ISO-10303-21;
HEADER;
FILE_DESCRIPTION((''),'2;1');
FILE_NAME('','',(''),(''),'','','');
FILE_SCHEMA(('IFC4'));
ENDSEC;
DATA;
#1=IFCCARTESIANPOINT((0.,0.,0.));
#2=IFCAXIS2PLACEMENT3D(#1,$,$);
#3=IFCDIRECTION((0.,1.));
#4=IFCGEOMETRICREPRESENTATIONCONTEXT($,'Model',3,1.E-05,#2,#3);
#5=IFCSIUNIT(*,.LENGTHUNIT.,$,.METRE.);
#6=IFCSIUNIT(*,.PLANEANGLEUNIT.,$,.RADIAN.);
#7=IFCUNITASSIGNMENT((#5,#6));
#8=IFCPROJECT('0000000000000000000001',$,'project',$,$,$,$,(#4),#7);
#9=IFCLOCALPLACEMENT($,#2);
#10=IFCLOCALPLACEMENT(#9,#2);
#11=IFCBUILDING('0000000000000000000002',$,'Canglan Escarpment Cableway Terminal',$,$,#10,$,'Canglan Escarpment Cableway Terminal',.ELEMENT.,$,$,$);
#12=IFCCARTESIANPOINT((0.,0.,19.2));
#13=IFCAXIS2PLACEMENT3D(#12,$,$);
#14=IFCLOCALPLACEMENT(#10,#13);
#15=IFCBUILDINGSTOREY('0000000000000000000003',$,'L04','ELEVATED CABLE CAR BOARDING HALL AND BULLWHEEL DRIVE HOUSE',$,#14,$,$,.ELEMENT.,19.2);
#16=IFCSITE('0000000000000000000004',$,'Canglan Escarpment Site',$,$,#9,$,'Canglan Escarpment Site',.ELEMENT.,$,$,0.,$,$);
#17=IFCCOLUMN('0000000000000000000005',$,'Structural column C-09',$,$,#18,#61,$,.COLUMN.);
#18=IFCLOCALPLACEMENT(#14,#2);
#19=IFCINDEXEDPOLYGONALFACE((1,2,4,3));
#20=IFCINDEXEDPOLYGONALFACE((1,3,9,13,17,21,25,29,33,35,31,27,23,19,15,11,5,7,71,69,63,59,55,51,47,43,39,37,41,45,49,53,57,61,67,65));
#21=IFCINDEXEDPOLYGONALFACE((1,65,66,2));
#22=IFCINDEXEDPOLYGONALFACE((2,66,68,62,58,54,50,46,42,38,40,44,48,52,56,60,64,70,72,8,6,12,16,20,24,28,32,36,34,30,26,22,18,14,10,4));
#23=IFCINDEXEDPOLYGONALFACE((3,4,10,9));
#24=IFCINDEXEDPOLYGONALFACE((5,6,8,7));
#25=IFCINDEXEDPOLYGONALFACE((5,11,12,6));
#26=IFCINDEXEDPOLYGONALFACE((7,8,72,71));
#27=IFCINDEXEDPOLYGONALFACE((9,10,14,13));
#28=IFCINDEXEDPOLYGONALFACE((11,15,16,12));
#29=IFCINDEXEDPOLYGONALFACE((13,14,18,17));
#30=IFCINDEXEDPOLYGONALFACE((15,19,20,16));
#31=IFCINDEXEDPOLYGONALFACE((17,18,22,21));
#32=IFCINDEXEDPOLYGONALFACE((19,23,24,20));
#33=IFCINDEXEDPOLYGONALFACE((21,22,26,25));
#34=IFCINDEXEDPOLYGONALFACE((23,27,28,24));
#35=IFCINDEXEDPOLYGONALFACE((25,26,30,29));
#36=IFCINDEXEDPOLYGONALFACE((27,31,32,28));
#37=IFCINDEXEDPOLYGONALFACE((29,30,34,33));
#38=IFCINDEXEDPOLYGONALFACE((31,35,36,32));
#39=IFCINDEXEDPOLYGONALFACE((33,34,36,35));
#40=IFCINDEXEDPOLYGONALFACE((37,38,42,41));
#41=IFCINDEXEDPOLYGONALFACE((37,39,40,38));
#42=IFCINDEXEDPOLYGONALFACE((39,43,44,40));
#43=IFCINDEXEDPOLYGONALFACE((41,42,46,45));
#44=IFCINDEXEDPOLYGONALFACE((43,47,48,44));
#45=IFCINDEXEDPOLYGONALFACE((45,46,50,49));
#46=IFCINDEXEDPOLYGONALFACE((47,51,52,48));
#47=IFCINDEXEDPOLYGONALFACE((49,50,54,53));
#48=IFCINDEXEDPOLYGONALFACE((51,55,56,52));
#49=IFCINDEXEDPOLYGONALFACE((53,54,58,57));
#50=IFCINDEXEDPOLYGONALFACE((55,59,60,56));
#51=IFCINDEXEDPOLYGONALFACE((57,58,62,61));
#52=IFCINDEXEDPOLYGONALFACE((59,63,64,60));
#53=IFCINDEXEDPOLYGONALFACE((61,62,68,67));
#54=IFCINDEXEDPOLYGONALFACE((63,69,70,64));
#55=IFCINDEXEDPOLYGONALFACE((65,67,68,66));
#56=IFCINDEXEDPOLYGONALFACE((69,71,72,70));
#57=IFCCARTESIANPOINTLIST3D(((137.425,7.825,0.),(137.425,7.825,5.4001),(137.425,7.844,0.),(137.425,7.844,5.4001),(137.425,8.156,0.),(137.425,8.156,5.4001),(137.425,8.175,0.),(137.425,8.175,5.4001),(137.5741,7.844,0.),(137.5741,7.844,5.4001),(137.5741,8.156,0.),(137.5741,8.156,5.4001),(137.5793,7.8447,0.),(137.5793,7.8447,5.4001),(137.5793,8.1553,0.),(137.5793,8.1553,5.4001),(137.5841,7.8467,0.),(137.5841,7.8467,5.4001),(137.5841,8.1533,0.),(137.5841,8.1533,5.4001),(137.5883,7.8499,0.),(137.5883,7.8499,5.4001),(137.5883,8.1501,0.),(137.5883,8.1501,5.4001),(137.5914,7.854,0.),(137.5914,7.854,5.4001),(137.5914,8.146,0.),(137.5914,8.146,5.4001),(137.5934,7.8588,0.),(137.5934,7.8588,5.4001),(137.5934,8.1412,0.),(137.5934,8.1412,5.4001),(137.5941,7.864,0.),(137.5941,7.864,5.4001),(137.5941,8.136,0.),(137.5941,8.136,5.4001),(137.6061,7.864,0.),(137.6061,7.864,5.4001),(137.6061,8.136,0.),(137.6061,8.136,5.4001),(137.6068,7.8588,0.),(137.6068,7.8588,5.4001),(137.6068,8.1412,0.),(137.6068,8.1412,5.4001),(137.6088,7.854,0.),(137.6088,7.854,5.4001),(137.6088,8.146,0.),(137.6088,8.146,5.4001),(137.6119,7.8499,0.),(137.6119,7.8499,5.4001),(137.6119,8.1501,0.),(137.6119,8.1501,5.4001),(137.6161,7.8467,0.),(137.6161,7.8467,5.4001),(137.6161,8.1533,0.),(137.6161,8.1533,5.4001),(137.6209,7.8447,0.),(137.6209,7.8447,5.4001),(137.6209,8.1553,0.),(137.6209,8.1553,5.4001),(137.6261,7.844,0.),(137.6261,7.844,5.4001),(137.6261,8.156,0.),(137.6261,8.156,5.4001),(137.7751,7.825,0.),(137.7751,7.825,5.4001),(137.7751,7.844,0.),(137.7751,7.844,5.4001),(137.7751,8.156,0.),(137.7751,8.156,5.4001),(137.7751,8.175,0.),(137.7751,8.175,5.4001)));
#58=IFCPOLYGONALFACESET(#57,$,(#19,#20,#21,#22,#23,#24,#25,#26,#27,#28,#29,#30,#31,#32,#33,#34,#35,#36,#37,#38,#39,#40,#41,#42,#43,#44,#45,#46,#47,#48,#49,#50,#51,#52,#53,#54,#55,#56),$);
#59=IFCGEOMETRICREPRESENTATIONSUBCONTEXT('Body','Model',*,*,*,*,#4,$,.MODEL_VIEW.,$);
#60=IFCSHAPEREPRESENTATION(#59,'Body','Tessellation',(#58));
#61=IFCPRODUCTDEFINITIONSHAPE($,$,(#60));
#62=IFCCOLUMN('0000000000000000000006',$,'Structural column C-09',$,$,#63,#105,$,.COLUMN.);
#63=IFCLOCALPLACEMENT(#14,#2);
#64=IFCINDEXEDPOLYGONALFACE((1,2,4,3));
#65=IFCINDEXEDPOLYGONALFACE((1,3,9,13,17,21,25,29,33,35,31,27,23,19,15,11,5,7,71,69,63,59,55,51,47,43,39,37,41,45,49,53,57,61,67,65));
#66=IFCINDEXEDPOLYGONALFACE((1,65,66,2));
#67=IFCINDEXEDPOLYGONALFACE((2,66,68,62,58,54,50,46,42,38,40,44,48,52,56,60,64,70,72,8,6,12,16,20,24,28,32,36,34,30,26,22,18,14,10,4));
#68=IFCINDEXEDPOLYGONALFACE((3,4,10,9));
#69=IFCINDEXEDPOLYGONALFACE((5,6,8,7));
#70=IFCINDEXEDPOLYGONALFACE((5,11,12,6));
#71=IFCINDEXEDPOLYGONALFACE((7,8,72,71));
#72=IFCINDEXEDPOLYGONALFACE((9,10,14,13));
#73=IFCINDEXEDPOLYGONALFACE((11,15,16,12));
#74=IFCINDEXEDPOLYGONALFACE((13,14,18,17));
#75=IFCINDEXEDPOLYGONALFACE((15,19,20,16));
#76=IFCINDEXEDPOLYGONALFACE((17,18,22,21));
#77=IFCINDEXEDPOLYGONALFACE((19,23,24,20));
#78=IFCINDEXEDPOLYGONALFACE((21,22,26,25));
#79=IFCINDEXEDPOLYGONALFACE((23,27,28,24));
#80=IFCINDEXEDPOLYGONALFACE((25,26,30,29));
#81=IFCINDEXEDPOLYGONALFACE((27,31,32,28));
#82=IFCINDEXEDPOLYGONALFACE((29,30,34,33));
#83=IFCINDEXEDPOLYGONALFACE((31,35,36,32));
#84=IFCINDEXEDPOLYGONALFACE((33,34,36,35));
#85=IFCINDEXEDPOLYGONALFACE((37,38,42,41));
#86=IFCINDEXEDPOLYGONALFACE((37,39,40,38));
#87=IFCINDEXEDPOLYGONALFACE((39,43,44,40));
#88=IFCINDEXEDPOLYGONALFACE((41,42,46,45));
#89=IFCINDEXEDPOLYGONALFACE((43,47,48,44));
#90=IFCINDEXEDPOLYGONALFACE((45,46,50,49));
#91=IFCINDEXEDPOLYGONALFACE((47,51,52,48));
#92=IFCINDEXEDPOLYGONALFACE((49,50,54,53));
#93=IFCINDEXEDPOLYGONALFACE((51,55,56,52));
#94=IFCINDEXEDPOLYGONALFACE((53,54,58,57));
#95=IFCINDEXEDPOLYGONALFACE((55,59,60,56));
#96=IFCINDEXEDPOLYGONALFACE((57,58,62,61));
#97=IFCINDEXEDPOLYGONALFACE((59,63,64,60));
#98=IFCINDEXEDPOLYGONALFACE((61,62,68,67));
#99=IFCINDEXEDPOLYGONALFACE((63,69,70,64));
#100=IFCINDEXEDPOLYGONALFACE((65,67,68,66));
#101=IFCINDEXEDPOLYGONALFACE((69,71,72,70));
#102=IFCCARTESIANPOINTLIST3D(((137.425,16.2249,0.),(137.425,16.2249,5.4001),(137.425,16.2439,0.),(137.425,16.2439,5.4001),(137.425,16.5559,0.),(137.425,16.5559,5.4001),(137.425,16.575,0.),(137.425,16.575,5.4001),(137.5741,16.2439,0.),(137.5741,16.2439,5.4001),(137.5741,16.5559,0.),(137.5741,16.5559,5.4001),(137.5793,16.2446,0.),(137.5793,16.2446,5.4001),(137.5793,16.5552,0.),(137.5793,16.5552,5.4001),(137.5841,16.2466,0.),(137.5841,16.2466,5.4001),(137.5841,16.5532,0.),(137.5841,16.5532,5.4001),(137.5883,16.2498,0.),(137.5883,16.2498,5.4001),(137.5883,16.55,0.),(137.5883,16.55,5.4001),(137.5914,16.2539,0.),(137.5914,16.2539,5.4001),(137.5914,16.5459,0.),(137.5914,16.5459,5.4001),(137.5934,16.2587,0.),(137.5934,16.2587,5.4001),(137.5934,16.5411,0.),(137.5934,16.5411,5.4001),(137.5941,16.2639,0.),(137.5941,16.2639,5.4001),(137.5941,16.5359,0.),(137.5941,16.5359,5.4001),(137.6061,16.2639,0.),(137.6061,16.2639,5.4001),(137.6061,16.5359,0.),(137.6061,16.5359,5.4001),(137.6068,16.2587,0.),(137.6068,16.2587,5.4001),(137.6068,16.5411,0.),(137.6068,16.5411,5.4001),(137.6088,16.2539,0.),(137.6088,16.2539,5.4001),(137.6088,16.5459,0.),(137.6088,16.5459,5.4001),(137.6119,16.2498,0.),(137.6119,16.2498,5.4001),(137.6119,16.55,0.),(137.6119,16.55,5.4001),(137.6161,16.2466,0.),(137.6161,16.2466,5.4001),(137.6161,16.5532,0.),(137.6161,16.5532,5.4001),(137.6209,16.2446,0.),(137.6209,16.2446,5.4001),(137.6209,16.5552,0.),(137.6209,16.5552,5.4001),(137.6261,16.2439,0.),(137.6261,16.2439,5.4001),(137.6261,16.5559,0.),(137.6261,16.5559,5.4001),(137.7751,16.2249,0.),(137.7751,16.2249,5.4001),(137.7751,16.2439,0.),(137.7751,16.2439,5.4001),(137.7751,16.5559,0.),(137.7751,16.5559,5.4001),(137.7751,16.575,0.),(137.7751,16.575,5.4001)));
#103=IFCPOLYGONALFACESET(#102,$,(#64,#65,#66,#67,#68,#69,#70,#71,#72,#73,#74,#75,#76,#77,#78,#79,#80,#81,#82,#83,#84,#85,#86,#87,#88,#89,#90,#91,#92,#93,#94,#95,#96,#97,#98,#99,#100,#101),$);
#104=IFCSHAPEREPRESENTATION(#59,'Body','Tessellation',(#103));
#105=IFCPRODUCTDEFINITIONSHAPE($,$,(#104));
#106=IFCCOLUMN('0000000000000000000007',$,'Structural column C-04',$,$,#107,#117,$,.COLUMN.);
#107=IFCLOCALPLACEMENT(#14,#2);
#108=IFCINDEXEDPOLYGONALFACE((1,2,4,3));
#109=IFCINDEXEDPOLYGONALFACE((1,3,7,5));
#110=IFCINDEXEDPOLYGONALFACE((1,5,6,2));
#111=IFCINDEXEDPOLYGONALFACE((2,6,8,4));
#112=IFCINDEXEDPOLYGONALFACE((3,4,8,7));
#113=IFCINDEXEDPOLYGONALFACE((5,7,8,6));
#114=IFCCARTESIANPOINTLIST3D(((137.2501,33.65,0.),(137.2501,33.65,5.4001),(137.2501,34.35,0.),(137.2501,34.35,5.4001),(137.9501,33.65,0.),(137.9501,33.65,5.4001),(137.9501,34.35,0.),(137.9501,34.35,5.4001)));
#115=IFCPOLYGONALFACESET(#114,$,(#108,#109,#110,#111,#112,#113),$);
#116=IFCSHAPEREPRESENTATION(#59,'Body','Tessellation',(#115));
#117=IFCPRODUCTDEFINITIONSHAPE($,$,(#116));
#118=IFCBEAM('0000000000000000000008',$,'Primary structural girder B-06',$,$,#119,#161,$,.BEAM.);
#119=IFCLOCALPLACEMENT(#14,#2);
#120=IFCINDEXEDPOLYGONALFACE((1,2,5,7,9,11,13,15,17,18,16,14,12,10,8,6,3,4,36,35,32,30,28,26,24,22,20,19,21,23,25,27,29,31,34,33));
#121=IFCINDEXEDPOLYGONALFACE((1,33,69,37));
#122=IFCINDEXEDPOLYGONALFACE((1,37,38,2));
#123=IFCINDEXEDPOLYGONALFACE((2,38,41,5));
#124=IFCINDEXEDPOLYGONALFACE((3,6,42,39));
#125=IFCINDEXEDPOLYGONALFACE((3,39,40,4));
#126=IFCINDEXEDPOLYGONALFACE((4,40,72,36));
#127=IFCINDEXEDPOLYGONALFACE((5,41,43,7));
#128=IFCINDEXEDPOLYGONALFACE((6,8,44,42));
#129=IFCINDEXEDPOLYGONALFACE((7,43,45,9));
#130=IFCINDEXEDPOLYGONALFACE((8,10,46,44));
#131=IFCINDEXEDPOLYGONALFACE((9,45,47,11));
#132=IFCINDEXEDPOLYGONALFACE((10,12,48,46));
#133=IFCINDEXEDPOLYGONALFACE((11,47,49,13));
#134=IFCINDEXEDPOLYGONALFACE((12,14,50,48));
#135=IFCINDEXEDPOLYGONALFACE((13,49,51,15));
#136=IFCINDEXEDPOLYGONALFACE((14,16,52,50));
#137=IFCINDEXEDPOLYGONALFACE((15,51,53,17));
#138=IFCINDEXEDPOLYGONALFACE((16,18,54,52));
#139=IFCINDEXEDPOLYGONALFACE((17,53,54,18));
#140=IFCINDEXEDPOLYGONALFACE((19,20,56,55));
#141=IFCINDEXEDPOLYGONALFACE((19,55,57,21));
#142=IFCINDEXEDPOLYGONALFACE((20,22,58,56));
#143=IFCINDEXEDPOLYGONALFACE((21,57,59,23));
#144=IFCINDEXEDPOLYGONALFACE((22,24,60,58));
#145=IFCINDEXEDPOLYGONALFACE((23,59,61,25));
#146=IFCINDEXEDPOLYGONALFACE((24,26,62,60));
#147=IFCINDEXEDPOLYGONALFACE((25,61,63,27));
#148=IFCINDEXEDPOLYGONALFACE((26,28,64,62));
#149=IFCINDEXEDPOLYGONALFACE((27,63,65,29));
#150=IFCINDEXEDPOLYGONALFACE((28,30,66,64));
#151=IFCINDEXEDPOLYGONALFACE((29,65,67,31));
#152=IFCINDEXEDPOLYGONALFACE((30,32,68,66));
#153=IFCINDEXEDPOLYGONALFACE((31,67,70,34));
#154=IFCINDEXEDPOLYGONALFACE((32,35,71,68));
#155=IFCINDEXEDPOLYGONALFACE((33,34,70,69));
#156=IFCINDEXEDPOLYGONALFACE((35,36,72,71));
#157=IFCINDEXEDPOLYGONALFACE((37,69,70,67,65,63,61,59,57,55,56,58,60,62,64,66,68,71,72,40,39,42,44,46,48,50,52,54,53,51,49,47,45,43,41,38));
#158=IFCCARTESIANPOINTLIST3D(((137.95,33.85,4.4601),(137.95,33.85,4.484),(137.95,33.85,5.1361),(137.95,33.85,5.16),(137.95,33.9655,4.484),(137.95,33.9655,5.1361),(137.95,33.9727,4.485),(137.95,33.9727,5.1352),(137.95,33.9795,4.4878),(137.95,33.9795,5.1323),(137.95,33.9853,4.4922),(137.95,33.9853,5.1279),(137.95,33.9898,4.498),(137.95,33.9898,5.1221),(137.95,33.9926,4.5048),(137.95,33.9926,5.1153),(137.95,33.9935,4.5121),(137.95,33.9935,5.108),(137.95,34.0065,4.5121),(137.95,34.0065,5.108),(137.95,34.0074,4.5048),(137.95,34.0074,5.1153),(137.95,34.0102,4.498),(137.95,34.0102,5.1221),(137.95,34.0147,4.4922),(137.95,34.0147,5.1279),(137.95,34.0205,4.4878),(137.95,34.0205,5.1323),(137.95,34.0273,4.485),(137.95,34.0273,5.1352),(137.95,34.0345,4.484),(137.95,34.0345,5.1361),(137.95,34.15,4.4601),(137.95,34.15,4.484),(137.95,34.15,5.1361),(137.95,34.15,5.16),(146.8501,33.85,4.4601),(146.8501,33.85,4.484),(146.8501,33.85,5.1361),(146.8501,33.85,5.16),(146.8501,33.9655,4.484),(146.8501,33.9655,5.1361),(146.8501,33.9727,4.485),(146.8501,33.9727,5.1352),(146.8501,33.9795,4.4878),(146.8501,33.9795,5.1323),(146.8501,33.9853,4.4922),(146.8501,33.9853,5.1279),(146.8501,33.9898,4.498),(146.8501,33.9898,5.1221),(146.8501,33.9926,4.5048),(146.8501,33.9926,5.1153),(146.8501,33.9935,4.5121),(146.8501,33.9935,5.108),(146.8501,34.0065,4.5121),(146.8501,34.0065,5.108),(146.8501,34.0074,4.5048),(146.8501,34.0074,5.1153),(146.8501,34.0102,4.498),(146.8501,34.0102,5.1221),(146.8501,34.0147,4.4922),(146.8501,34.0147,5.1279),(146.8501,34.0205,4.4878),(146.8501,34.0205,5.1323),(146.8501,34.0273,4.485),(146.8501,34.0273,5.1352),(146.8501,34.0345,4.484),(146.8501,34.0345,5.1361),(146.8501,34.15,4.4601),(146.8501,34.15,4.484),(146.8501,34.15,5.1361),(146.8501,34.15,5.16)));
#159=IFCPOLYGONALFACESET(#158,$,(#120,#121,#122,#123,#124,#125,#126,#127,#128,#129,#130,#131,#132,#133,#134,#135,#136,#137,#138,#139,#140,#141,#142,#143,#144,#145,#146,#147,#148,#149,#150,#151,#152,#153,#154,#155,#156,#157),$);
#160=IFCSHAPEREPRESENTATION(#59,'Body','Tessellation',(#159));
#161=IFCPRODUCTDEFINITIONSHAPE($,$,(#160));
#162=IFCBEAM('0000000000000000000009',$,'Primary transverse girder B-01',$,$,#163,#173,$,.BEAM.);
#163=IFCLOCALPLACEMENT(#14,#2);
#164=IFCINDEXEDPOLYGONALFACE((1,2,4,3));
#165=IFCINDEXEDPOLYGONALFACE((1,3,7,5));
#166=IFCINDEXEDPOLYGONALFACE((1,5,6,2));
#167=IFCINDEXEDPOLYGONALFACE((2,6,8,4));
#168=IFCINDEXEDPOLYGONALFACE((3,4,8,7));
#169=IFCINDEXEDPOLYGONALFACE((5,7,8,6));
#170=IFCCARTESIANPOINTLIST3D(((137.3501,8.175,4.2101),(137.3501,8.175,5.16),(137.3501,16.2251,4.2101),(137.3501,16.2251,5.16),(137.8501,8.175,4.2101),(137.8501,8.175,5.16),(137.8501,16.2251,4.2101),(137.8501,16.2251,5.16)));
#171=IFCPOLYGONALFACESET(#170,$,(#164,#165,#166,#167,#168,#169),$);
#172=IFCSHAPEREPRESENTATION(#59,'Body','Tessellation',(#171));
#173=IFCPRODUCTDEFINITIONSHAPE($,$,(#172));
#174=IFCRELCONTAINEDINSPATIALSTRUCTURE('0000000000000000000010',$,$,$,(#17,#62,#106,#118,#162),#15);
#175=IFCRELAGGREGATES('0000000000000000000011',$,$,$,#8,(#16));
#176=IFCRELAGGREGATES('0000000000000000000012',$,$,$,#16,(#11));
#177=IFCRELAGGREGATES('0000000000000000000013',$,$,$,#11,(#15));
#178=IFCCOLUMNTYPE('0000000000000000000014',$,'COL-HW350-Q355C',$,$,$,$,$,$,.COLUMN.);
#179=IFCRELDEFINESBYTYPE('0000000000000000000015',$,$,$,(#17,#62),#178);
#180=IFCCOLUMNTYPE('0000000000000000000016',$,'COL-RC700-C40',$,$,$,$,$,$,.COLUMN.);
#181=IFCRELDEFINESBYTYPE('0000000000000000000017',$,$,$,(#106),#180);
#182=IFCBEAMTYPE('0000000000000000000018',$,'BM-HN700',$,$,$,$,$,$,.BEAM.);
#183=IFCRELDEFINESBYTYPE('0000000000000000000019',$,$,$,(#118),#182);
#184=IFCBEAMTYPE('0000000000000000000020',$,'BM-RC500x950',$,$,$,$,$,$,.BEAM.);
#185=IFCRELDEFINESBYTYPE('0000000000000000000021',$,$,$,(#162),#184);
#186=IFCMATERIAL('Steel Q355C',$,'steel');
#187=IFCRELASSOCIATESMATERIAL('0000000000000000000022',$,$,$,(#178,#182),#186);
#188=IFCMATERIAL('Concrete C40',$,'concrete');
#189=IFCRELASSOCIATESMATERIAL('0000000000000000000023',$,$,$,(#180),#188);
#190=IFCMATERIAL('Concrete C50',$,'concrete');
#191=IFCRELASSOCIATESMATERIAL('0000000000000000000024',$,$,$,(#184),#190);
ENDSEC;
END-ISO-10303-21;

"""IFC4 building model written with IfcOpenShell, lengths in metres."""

from ifc_helpers import new_model, si_unit, direction, frame, origin, origin_2d, place, context, subcontext, project, spatial, rectangle, i_section, extrude, material, material_profile, profile_set, type_object, element, save


model = new_model("IFC4")

# Units and contexts
model_context = context("Model", 3, precision=1e-05, world=origin(), true_north=direction((0.0, 1.0)))
body_context = subcontext(model_context, "Body", "Model", "MODEL_VIEW")
ifc_project = project(units=[si_unit("LENGTHUNIT", "METRE"), si_unit("PLANEANGLEUNIT", "RADIAN")], contexts=[model_context])

# Site, building, storey
site_placement = place(None, origin())
site = spatial("IfcSite", under=ifc_project, at=site_placement, Name="Canglan Escarpment Site", LongName="Canglan Escarpment Site", CompositionType="ELEMENT", RefElevation=0.0)
building_placement = place(site_placement, origin())
building = spatial("IfcBuilding", under=site, at=building_placement, Name="Canglan Escarpment Cableway Terminal", LongName="Canglan Escarpment Cableway Terminal", CompositionType="ELEMENT")
storey_placement = place(building_placement, frame((0.0, 0.0, 19.2)))
storey = spatial("IfcBuildingStorey", under=building, at=storey_placement, Name="L04", Description="ELEVATED CABLE CAR BOARDING HALL AND BULLWHEEL DRIVE HOUSE", CompositionType="ELEMENT", Elevation=19.2)

# Columns
ifc_material_1 = material(Name="Steel Q355C", Category="steel")
ifc_material_profile_1 = material_profile(ifc_material_1, i_section(OverallWidth=0.3501, OverallDepth=0.3501, WebThickness=0.012, FlangeThickness=0.019, FilletRadius=0.02, at=origin_2d()), Name="HW 350x350x12x19")
ifc_profile_set_1 = profile_set([ifc_material_profile_1], Name="Steel Q355C")
column_type_1 = type_object("IfcColumnType", Name="COL-HW350-Q355C", PredefinedType="COLUMN", material=ifc_profile_set_1)
for number, where, z_axis, x_axis, name in (
    (1, (137.6001, 8.0, 0.0), (0.0, 0.0, 1.0), (1.0, 0.0, 0.0), "Structural column C-09"),
    (2, (137.6001, 16.3999, 0.0), (0.0, 0.0, 1.0), (1.0, 0.0, 0.0), "Structural column C-09"),
):
    element("IfcColumn", number, at=place(storey_placement, frame(where, z_axis=z_axis, x_axis=x_axis)), inside=storey, type_object=column_type_1, Name=name, PredefinedType="COLUMN", context=body_context, shape_type="SweptSolid", body=[
        extrude(i_section(OverallWidth=0.3501, OverallDepth=0.3501, WebThickness=0.012, FlangeThickness=0.019, FilletRadius=0.02, at=origin_2d()), origin(), (0.0, 0.0, 1.0), 5.4001),
    ])
ifc_material_2 = material(Name="Concrete C40", Category="concrete")
ifc_material_profile_2 = material_profile(ifc_material_2, rectangle(XDim=0.7, YDim=0.7, at=origin_2d()), Name="RC 700x700")
ifc_profile_set_2 = profile_set([ifc_material_profile_2], Name="Concrete C40")
column_type_2 = type_object("IfcColumnType", Name="COL-RC700-C40", PredefinedType="COLUMN", material=ifc_profile_set_2)
column_placement = place(storey_placement, frame((137.6001, 34.0, 0.0), z_axis=(0.0, 0.0, 1.0), x_axis=(1.0, 0.0, 0.0)))
element("IfcColumn", 3, at=column_placement, inside=storey, type_object=column_type_2, Name="Structural column C-04", PredefinedType="COLUMN", context=body_context, shape_type="SweptSolid", body=[
    extrude(rectangle(XDim=0.7, YDim=0.7, at=origin_2d()), origin(), (0.0, 0.0, 1.0), 5.4001),
])

# Beams
ifc_material_profile_3 = material_profile(ifc_material_1, i_section(OverallWidth=0.3, OverallDepth=0.7, WebThickness=0.0129, FlangeThickness=0.0239, FilletRadius=0.0281, at=origin_2d()), Name="HN 700x300x13x24")
ifc_profile_set_3 = profile_set([ifc_material_profile_3], Name="Steel Q355C")
beam_type_1 = type_object("IfcBeamType", Name="BM-HN700", PredefinedType="BEAM", material=ifc_profile_set_3)
beam_1_placement = place(storey_placement, frame((137.95, 34.0, 4.8101), z_axis=(1.0, 0.0, 0.0), x_axis=(0.0, 1.0, 0.0)))
element("IfcBeam", 4, at=beam_1_placement, inside=storey, type_object=beam_type_1, Name="Primary structural girder B-06", PredefinedType="BEAM", context=body_context, shape_type="SweptSolid", body=[
    extrude(i_section(OverallWidth=0.3, OverallDepth=0.7, WebThickness=0.0129, FlangeThickness=0.0239, FilletRadius=0.0281, at=origin_2d()), origin(), (0.0, 0.0, 1.0), 8.9001),
])
ifc_material_3 = material(Name="Concrete C50", Category="concrete")
ifc_material_profile_4 = material_profile(ifc_material_3, rectangle(XDim=0.5, YDim=0.95, at=origin_2d()), Name="RC 500x950")
ifc_profile_set_4 = profile_set([ifc_material_profile_4], Name="Concrete C50")
beam_type_2 = type_object("IfcBeamType", Name="BM-RC500x950", PredefinedType="BEAM", material=ifc_profile_set_4)
beam_2_placement = place(storey_placement, frame((137.6001, 8.175, 4.6851), z_axis=(0.0, 1.0, 0.0), x_axis=(-1.0, 0.0, 0.0)))
element("IfcBeam", 5, at=beam_2_placement, inside=storey, type_object=beam_type_2, Name="Primary transverse girder B-01", PredefinedType="BEAM", context=body_context, shape_type="SweptSolid", body=[
    extrude(rectangle(XDim=0.5, YDim=0.95, at=origin_2d()), origin(), (0.0, 0.0, 1.0), 8.05),
])

save(model, "model.ifc")
